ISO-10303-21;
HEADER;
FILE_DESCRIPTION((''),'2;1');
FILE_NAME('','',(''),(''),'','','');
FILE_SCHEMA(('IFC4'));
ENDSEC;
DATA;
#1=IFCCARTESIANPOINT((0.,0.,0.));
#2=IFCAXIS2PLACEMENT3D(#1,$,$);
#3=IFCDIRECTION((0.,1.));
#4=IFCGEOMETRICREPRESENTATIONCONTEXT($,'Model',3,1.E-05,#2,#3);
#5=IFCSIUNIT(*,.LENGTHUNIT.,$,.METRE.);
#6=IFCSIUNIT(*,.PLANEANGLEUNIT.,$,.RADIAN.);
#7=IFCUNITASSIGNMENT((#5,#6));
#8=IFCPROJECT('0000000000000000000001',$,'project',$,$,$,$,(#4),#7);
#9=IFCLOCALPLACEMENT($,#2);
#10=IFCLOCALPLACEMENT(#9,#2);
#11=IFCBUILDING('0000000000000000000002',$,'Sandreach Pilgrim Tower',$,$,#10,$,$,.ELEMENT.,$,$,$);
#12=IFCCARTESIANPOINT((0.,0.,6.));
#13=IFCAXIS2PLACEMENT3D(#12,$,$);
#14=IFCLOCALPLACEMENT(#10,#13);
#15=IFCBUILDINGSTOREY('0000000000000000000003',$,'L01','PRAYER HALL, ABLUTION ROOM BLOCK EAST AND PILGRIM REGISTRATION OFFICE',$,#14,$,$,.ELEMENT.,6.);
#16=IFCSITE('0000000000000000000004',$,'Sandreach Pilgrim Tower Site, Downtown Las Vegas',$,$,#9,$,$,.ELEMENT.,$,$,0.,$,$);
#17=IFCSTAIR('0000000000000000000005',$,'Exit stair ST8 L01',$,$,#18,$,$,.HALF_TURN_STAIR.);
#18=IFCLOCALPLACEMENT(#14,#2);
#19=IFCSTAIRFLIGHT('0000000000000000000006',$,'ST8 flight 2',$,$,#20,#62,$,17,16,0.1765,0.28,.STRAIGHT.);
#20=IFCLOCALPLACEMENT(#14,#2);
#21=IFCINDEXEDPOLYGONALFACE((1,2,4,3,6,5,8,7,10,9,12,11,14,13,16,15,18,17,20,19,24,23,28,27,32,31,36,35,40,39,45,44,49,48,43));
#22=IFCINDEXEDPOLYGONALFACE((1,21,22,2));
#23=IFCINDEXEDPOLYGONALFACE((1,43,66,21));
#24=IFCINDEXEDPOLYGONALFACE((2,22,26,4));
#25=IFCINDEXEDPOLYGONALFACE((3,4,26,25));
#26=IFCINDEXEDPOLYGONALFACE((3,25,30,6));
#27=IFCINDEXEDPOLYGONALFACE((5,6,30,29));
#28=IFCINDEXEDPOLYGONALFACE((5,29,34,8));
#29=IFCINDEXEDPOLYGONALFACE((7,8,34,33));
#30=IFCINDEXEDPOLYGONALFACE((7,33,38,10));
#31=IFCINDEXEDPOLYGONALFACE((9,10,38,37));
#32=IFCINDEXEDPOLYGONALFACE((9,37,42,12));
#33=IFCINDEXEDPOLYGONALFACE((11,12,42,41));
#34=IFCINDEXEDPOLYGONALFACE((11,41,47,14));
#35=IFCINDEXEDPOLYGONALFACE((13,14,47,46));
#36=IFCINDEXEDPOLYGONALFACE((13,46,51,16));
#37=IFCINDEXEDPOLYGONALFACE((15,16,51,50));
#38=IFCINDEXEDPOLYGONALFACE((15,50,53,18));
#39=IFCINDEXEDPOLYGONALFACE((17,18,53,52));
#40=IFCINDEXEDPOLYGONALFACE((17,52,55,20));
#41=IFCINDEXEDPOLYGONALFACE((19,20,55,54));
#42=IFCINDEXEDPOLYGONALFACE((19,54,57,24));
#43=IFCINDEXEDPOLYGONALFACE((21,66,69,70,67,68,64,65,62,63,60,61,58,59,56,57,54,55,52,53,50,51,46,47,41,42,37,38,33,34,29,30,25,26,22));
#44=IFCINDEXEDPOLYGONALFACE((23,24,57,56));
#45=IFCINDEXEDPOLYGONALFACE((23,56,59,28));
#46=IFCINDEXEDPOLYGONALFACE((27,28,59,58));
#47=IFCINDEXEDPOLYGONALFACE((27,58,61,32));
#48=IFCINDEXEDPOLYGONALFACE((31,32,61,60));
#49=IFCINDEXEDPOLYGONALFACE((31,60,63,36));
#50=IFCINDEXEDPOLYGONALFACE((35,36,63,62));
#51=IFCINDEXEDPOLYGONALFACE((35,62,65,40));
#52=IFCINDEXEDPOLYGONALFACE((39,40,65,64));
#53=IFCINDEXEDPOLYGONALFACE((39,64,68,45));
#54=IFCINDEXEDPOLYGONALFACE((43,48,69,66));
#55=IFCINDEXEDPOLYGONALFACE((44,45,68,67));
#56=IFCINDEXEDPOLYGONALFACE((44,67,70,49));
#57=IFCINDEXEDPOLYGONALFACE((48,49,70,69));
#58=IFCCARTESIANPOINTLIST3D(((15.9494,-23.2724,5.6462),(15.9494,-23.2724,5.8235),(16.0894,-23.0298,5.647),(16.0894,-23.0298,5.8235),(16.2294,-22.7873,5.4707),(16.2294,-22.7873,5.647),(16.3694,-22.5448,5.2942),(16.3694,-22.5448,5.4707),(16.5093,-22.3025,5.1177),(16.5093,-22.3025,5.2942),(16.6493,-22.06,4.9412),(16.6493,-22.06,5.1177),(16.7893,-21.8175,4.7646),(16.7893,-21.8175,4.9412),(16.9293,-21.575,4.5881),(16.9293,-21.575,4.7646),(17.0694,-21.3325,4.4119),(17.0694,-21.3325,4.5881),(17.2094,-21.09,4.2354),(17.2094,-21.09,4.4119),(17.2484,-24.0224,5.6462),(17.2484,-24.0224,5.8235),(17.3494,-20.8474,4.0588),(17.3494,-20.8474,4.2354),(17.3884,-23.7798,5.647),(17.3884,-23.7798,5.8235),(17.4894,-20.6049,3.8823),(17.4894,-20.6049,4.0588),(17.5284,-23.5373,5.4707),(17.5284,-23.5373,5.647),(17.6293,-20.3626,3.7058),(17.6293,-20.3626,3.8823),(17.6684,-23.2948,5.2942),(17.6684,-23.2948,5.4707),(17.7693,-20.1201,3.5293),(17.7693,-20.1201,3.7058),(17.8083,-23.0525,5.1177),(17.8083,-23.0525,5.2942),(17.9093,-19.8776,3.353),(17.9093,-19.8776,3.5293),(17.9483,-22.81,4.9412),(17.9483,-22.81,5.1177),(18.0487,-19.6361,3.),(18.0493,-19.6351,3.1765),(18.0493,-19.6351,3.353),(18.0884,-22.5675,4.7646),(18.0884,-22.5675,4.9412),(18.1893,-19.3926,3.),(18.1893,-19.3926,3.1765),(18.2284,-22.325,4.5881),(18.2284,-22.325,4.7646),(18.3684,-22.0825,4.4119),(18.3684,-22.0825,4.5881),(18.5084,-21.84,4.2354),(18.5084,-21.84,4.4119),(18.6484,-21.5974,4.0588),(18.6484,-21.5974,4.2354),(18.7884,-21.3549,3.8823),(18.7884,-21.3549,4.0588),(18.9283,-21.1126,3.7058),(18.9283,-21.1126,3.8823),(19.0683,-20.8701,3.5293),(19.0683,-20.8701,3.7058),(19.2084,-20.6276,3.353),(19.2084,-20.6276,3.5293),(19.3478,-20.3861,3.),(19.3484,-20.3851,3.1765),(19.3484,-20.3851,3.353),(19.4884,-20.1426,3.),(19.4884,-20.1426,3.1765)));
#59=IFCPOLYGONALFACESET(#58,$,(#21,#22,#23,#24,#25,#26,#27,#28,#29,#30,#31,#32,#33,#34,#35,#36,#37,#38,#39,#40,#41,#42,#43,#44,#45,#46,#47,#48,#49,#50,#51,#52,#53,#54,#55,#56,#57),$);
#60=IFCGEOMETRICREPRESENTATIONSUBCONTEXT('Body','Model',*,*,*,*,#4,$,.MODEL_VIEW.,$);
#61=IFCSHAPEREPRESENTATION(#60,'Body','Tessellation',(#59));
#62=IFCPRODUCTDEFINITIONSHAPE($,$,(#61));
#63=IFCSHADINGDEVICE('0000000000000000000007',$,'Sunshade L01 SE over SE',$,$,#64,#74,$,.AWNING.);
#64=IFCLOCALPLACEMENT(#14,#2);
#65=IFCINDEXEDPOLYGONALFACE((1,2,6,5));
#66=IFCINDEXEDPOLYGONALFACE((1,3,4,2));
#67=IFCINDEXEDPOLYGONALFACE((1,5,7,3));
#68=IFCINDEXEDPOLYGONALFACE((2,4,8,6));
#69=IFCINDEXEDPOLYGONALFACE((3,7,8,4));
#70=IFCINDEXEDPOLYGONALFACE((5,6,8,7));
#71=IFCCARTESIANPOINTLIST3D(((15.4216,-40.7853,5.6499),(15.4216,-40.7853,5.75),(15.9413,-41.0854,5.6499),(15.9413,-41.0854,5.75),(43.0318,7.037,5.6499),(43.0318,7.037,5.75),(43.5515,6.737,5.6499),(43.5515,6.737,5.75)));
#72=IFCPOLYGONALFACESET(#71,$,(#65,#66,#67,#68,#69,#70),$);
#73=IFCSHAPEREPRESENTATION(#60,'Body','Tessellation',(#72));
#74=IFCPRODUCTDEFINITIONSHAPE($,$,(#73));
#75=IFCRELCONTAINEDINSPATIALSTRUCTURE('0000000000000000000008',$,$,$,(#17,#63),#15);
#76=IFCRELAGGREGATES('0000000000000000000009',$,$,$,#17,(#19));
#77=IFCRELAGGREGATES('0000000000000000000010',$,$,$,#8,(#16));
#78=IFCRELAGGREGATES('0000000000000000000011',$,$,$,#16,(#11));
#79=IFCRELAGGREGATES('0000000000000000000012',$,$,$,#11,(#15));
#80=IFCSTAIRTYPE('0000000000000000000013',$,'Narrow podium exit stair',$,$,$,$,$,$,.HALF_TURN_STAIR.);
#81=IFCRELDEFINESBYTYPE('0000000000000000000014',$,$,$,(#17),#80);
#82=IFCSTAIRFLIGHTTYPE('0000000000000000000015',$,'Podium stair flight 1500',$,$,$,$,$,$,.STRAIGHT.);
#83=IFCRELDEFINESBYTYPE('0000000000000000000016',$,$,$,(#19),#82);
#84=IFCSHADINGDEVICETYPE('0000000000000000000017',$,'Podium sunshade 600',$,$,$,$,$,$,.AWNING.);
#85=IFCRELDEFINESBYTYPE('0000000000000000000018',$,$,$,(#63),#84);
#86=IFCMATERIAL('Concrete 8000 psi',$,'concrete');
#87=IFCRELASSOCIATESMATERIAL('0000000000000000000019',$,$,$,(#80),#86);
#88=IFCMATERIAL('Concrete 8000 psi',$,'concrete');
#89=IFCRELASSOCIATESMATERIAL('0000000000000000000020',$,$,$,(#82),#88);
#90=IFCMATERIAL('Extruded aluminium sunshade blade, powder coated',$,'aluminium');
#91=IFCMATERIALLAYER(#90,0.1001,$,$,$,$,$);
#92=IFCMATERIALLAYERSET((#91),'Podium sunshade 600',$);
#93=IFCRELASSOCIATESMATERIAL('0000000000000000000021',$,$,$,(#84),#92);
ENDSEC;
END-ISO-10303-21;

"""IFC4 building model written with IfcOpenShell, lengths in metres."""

from ifc_helpers import new_model, si_unit, direction, frame, origin, origin_2d, place, context, subcontext, project, spatial, polyline, rectangle, outline, extrude, material, layer, layer_set, type_object, element, aggregate, save


model = new_model("IFC4")

# Units and contexts
model_context = context("Model", 3, precision=1e-05, world=origin(), true_north=direction((0.0, 1.0)))
body_context = subcontext(model_context, "Body", "Model", "MODEL_VIEW")
ifc_project = project(units=[si_unit("LENGTHUNIT", "METRE"), si_unit("PLANEANGLEUNIT", "RADIAN")], contexts=[model_context])

# Site, building, storey
site_placement = place(None, origin())
site = spatial("IfcSite", under=ifc_project, at=site_placement, Name="Sandreach Pilgrim Tower Site, Downtown Las Vegas", CompositionType="ELEMENT", RefElevation=0.0)
building_placement = place(site_placement, origin())
building = spatial("IfcBuilding", under=site, at=building_placement, Name="Sandreach Pilgrim Tower", CompositionType="ELEMENT")
storey_placement = place(building_placement, frame((0.0, 0.0, 6.0)))
storey = spatial("IfcBuildingStorey", under=building, at=storey_placement, Name="L01", Description="PRAYER HALL, ABLUTION ROOM BLOCK EAST AND PILGRIM REGISTRATION OFFICE", CompositionType="ELEMENT", Elevation=6.0)

# Stair, stair flight
ifc_material_1 = material(Name="Concrete 8000 psi", Category="concrete")
stair_type = type_object("IfcStairType", Name="Narrow podium exit stair", PredefinedType="HALF_TURN_STAIR", material=ifc_material_1)
stair_placement = place(storey_placement, origin())
stair = element("IfcStair", 1, at=stair_placement, inside=storey, type_object=stair_type, Name="Exit stair ST8 L01", PredefinedType="HALF_TURN_STAIR")
ifc_material_2 = material(Name="Concrete 8000 psi", Category="concrete")
stair_flight_type = type_object("IfcStairFlightType", Name="Podium stair flight 1500", PredefinedType="STRAIGHT", material=ifc_material_2)
stair_flight_1_placement = place(storey_placement, frame((18.8389, -19.7676, 3.0), z_axis=(0.0, 0.0, 1.0), x_axis=(-0.5, -0.866025, 0.0)))
stair_flight_1 = element("IfcStairFlight", 2, at=stair_flight_1_placement, type_object=stair_flight_type, Name="ST8 flight 2", NumberOfRisers=17, NumberOfTreads=16, PredefinedType="STRAIGHT", RiserHeight=0.1765, TreadLength=0.28, context=body_context, shape_type="SweptSolid", body=[
    extrude(outline(polyline([(0.0, 0.0), (0.0, 0.1765), (0.28, 0.1765), (0.28, 0.353), (0.5601, 0.353), (0.5601, 0.5293), (0.8401, 0.5293), (0.8401, 0.7058), (1.1201, 0.7058), (1.1201, 0.8823), (1.3999, 0.8823), (1.3999, 1.0588), (1.6799, 1.0588), (1.6799, 1.2354), (1.96, 1.2354), (1.96, 1.4119), (2.24, 1.4119), (2.24, 1.5881), (2.52, 1.5881), (2.52, 1.7646), (2.8, 1.7646), (2.8, 1.9412), (3.0801, 1.9412), (3.0801, 2.1177), (3.3601, 2.1177), (3.3601, 2.2942), (3.6399, 2.2942), (3.6399, 2.4707), (3.9199, 2.4707), (3.9199, 2.647), (4.2, 2.647), (4.2, 2.8235), (4.48, 2.8235), (4.48, 3.0), (4.48, 2.6462), (0.2812, 0.0), (0.0, 0.0)])), frame((0.0, 0.75, 0.0), z_axis=(0.0, -1.0, 0.0), x_axis=(1.0, 0.0, 0.0)), (0.0, 0.0, 1.0), 1.5),
])
aggregate(stair, [stair_flight_1])

# Shading device
ifc_material_3 = material(Name="Extruded aluminium sunshade blade, powder coated", Category="aluminium")
ifc_layer_1 = layer(ifc_material_3, 0.1001)
ifc_layer_set_1 = layer_set([ifc_layer_1], Name="Podium sunshade 600")
shading_device_type = type_object("IfcShadingDeviceType", Name="Podium sunshade 600", PredefinedType="AWNING", material=ifc_layer_set_1)
shading_device_placement = place(storey_placement, frame((29.4866, -17.0242, 5.6499), z_axis=(0.0, 0.0, 1.0), x_axis=(-0.5, -0.866025, 0.0)))
element("IfcShadingDevice", 3, at=shading_device_placement, inside=storey, type_object=shading_device_type, Name="Sunshade L01 SE over SE", PredefinedType="AWNING", context=body_context, shape_type="SweptSolid", body=[
    extrude(rectangle(XDim=55.2205, YDim=0.6001, at=origin_2d()), origin(), (0.0, 0.0, 1.0), 0.1001),
])

save(model, "model.ifc")
